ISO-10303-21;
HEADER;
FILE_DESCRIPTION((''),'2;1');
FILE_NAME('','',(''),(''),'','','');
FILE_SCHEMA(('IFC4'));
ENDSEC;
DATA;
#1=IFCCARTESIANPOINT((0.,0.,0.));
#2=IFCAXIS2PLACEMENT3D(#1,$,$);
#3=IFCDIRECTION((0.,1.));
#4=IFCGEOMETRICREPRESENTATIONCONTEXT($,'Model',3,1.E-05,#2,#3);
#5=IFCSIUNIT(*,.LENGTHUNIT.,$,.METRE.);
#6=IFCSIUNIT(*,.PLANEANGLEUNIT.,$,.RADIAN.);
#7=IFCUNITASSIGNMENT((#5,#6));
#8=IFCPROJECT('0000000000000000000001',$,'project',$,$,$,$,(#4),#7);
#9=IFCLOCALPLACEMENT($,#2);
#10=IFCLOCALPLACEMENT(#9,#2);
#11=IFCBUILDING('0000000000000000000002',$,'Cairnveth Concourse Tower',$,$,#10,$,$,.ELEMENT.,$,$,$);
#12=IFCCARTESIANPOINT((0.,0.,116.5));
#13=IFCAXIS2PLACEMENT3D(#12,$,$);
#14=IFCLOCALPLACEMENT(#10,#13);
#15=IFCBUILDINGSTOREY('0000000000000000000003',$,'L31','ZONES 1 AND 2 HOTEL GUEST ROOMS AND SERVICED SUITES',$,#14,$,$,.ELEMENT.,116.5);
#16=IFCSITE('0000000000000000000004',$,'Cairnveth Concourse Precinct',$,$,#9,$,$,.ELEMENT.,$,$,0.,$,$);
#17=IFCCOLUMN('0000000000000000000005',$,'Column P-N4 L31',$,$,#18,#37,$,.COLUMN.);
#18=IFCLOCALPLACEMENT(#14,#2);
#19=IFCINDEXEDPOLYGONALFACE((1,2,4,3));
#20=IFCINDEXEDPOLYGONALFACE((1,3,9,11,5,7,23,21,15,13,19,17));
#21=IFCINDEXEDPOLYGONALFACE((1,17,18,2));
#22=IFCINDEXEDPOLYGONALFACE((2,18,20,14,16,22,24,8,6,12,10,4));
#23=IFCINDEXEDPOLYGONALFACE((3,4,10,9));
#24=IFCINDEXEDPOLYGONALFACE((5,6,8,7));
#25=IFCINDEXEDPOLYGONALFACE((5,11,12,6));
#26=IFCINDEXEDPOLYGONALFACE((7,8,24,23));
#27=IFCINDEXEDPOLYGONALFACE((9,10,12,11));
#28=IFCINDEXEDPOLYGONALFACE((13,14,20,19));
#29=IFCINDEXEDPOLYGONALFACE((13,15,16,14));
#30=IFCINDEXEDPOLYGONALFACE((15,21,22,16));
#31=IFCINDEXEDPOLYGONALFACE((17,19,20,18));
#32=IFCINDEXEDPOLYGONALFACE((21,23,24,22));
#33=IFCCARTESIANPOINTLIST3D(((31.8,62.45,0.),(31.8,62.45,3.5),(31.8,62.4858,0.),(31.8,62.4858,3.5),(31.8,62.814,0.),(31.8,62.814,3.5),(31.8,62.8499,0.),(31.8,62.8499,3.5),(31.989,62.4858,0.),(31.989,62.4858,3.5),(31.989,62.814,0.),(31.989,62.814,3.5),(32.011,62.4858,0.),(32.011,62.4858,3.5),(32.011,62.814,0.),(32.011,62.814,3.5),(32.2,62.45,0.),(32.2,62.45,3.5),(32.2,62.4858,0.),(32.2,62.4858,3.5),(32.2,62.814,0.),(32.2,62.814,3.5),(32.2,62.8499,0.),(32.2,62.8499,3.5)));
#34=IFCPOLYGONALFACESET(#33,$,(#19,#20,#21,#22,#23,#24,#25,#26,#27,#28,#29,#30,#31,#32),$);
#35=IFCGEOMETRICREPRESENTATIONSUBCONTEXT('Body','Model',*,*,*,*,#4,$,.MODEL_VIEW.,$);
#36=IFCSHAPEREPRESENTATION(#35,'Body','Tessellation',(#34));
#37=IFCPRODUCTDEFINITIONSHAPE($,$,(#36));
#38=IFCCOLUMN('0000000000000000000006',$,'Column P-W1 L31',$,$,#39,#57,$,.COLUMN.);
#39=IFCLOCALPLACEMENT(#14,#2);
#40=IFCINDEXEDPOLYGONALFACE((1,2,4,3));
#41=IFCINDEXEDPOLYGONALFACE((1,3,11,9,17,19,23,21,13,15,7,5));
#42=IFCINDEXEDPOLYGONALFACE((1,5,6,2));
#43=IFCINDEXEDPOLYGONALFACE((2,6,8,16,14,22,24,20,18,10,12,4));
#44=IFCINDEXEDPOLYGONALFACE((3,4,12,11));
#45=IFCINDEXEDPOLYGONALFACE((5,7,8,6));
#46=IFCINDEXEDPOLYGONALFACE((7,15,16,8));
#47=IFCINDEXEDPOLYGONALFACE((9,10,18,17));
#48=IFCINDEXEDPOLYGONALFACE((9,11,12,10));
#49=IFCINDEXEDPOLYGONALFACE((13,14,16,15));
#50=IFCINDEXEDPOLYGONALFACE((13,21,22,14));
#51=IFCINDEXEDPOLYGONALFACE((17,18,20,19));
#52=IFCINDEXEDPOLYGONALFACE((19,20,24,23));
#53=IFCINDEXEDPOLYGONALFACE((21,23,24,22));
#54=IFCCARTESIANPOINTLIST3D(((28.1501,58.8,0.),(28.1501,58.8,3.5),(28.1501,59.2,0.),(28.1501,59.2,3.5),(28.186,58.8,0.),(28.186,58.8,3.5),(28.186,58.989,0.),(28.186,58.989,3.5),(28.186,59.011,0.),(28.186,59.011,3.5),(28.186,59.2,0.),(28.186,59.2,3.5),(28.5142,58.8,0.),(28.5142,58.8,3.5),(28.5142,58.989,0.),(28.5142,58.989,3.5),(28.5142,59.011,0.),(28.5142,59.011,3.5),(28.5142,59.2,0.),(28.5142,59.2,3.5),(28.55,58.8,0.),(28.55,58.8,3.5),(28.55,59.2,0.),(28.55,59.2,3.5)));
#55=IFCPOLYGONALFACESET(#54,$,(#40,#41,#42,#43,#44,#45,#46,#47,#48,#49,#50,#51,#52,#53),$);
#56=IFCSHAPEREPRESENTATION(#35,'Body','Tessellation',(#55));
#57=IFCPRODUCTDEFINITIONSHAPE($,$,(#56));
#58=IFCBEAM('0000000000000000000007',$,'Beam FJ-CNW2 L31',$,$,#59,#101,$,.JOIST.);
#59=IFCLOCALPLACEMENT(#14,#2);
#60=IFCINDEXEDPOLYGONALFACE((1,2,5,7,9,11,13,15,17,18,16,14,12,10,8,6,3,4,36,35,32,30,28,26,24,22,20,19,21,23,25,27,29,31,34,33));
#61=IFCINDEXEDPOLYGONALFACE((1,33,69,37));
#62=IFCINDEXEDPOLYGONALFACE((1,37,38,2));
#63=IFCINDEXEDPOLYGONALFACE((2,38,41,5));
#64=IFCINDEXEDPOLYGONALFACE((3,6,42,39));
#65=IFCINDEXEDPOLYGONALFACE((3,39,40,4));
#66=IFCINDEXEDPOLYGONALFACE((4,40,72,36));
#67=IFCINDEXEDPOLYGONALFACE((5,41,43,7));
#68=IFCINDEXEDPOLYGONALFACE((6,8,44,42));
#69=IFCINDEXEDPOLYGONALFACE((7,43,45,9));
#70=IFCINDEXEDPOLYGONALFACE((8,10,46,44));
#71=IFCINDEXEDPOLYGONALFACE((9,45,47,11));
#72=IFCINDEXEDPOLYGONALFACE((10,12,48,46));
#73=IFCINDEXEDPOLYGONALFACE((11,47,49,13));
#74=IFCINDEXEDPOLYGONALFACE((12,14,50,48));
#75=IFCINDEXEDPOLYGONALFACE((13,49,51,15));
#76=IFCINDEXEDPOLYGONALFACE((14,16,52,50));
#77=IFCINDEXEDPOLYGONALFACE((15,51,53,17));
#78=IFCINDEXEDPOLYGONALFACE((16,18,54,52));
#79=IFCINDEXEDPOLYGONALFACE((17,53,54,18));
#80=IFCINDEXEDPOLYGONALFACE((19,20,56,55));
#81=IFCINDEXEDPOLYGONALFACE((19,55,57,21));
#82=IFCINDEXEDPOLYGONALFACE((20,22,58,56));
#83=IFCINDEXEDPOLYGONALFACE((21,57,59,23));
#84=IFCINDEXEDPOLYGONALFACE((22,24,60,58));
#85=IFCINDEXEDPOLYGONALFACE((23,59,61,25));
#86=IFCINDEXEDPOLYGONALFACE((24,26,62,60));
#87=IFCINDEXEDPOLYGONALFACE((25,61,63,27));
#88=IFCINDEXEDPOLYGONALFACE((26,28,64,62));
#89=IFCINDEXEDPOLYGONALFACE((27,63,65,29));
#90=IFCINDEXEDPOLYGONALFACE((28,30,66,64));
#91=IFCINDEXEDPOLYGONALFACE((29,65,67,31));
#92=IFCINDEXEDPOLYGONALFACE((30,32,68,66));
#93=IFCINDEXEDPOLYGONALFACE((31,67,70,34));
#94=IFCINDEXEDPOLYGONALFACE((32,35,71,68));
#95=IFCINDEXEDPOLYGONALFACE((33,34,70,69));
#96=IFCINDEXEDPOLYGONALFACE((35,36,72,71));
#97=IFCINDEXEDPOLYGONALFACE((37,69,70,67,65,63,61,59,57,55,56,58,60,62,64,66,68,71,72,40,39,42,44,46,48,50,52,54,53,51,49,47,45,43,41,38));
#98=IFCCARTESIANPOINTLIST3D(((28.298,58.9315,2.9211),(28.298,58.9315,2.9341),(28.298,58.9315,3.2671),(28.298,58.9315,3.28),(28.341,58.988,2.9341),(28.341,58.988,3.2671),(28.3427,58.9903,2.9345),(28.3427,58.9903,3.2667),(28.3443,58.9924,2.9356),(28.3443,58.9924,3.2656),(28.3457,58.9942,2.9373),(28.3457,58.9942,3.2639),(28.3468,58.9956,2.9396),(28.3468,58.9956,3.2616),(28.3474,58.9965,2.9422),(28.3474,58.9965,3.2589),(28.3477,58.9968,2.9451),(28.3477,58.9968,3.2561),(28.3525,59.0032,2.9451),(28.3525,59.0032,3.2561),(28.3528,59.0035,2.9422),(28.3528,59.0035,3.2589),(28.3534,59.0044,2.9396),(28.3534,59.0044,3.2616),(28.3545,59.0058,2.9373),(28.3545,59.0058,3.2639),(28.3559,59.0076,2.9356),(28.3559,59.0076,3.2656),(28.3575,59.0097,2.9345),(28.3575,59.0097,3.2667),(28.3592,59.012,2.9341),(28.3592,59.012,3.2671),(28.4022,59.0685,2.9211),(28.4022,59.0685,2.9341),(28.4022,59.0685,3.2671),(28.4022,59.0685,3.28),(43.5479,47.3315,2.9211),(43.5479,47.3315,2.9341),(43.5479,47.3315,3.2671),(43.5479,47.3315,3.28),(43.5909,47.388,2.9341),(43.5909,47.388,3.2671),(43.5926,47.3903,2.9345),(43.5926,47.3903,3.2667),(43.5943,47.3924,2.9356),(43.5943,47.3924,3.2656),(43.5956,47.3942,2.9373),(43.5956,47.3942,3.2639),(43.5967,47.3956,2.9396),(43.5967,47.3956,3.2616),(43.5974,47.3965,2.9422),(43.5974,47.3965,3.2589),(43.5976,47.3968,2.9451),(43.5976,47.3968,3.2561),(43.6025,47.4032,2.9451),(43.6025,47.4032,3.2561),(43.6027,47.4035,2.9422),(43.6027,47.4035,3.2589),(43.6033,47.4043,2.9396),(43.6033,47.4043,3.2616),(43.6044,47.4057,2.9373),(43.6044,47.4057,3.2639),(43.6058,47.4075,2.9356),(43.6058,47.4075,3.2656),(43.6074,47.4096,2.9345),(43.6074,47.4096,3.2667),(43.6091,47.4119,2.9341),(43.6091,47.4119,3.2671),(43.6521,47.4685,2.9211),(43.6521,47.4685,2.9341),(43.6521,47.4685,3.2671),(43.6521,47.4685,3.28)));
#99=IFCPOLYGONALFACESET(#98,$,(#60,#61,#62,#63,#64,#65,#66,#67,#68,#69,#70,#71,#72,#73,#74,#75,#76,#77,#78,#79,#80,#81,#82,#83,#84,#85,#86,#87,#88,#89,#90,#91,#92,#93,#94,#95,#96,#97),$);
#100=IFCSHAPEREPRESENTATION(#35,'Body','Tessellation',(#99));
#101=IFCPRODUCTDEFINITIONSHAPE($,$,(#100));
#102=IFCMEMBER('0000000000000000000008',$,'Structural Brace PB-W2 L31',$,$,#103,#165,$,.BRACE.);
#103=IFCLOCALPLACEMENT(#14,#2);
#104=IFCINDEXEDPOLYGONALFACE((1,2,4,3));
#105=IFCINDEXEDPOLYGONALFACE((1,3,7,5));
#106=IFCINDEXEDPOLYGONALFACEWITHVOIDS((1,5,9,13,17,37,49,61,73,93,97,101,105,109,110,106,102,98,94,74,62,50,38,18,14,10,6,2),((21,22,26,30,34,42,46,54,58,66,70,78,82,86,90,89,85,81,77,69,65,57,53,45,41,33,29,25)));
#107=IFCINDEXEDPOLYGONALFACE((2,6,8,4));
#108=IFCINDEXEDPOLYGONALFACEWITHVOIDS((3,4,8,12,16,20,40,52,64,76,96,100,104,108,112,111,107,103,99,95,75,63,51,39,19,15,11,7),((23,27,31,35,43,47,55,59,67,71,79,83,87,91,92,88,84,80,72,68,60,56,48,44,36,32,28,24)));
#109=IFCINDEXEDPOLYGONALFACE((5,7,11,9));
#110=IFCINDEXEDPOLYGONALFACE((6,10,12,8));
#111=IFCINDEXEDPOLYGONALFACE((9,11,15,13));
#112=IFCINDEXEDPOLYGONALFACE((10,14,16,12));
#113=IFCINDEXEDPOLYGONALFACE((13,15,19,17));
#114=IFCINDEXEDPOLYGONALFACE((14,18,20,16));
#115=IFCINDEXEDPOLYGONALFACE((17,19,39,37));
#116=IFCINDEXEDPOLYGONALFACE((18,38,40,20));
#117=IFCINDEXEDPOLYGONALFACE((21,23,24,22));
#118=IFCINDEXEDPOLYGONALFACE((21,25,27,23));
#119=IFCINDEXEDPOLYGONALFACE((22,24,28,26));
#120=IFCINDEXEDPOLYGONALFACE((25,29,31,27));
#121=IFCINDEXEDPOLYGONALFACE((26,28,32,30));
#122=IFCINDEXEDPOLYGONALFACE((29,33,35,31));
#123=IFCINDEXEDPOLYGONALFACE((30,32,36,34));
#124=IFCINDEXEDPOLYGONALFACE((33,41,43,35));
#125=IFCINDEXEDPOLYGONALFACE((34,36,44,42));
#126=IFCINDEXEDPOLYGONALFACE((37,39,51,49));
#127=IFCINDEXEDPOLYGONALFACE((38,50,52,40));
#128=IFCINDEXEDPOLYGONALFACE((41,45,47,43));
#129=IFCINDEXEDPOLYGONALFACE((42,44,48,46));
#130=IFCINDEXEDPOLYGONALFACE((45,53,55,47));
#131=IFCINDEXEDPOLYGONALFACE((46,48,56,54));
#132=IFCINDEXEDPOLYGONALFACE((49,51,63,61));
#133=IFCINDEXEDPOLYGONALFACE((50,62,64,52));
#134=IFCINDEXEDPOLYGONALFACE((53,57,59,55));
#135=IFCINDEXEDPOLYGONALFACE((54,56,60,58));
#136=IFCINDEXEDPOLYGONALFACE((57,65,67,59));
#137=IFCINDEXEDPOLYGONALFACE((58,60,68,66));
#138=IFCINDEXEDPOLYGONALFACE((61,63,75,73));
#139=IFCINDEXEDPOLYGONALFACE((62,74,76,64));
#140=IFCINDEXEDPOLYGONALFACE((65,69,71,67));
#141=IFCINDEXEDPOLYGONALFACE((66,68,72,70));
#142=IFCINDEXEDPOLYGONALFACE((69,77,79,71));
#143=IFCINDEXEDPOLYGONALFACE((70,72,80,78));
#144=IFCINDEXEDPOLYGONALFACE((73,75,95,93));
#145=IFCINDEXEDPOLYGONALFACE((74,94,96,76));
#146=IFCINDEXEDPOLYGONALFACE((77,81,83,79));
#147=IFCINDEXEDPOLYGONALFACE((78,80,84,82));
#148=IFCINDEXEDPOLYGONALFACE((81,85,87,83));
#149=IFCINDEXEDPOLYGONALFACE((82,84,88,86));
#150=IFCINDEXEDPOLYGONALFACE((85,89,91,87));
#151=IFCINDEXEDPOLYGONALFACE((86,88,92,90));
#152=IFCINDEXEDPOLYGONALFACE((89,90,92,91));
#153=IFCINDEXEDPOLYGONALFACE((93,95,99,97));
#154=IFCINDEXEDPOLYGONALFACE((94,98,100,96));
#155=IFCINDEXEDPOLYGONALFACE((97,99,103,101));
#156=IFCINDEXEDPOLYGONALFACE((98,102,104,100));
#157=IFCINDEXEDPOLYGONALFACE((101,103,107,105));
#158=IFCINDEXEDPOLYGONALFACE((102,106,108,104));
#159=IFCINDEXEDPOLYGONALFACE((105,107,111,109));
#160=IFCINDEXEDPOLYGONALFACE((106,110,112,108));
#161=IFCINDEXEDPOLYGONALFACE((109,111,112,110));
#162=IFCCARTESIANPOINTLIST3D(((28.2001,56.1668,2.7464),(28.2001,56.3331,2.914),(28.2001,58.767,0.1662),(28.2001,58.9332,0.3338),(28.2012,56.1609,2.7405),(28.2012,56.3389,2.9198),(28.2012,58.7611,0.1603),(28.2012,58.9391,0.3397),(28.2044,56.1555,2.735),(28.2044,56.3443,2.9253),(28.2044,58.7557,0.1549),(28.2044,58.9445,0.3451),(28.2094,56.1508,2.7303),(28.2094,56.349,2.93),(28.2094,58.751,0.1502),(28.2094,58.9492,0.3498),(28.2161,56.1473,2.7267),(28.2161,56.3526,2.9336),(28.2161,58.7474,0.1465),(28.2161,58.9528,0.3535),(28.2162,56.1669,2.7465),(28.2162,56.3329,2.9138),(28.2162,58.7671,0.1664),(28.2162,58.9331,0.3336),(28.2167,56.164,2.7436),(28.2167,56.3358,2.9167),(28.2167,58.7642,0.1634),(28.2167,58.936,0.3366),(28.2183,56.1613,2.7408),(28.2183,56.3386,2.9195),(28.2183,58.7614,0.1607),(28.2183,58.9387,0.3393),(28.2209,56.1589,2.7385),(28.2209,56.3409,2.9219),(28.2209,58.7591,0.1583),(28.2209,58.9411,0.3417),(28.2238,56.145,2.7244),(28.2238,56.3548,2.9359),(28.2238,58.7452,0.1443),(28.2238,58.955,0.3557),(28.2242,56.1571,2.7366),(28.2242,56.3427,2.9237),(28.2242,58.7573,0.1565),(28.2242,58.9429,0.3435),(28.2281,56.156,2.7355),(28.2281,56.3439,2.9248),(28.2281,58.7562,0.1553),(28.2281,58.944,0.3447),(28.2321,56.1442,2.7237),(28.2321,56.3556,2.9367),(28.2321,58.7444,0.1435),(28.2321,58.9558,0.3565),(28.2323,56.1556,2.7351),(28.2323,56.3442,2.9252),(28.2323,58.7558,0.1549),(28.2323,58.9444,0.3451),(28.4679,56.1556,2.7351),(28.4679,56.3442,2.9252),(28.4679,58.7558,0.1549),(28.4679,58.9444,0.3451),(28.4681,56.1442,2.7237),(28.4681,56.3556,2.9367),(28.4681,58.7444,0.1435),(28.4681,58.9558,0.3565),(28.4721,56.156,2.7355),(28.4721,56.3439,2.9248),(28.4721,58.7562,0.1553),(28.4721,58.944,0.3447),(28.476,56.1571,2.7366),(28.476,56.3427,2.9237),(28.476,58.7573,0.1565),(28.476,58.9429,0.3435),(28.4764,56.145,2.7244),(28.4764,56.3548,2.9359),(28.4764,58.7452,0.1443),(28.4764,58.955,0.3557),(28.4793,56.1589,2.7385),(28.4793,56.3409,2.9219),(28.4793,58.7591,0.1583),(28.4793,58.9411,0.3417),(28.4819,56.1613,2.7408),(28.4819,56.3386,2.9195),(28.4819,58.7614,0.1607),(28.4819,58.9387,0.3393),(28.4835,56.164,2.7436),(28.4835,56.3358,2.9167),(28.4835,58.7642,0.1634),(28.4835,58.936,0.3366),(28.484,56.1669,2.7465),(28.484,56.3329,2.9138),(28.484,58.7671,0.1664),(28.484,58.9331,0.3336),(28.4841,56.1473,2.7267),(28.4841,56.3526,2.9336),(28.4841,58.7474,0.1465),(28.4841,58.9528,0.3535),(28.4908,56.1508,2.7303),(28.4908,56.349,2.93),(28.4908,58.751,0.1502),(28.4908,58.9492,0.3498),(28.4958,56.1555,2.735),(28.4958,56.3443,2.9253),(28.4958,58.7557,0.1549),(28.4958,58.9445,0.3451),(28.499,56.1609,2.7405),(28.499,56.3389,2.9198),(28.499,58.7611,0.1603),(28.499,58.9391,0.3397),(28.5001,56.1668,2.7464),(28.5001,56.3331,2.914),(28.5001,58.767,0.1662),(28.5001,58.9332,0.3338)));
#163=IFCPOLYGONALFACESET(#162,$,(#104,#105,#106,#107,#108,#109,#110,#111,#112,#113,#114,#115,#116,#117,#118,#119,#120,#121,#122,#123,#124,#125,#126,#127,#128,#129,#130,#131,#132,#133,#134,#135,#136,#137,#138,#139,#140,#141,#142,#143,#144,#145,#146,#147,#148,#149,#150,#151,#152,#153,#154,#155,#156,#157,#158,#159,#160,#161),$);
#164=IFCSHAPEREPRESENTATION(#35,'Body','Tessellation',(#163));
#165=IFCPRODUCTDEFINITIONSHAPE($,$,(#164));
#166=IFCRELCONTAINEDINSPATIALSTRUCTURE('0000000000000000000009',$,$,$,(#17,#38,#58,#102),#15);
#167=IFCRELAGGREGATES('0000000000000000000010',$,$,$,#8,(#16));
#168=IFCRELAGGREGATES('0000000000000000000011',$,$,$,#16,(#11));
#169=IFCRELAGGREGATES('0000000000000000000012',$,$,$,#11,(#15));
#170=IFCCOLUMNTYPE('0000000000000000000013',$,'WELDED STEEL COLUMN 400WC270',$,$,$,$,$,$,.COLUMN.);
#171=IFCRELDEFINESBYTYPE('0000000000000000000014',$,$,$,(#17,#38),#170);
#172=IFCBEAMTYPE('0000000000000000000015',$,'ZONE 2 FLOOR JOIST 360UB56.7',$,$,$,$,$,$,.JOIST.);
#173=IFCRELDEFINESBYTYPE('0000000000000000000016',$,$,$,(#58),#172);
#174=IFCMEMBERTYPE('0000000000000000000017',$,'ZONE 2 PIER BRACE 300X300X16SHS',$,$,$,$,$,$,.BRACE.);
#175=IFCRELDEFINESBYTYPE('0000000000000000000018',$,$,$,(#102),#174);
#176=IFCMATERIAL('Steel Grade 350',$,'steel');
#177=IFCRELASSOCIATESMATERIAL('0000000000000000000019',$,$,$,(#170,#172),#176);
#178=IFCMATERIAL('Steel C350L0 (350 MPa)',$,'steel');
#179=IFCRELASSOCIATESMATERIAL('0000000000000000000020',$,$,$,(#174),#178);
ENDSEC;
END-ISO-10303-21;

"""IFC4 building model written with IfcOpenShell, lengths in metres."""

from ifc_helpers import new_model, si_unit, direction, frame, origin, origin_2d, place, context, subcontext, project, spatial, hollow_rectangle, i_section, extrude, material, material_profile, profile_set, type_object, element, save


model = new_model("IFC4")

# Units and contexts
model_context = context("Model", 3, precision=1e-05, world=origin(), true_north=direction((0.0, 1.0)))
body_context = subcontext(model_context, "Body", "Model", "MODEL_VIEW")
ifc_project = project(units=[si_unit("LENGTHUNIT", "METRE"), si_unit("PLANEANGLEUNIT", "RADIAN")], contexts=[model_context])

# Site, building, storey
site_placement = place(None, origin())
site = spatial("IfcSite", under=ifc_project, at=site_placement, Name="Cairnveth Concourse Precinct", CompositionType="ELEMENT", RefElevation=0.0)
building_placement = place(site_placement, origin())
building = spatial("IfcBuilding", under=site, at=building_placement, Name="Cairnveth Concourse Tower", CompositionType="ELEMENT")
storey_placement = place(building_placement, frame((0.0, 0.0, 116.5)))
storey = spatial("IfcBuildingStorey", under=building, at=storey_placement, Name="L31", Description="ZONES 1 AND 2 HOTEL GUEST ROOMS AND SERVICED SUITES", CompositionType="ELEMENT", Elevation=116.5)

# Columns
ifc_material_1 = material(Name="Steel Grade 350", Category="steel")
ifc_material_profile_1 = material_profile(ifc_material_1, i_section(OverallWidth=0.3999, OverallDepth=0.3999, WebThickness=0.022, FlangeThickness=0.0359, at=origin_2d()), Name="400WC270")
ifc_profile_set_1 = profile_set([ifc_material_profile_1], Name="Steel Grade 350")
column_type = type_object("IfcColumnType", Name="WELDED STEEL COLUMN 400WC270", PredefinedType="COLUMN", material=ifc_profile_set_1)
for number, where, z_axis, x_axis, name in (
    (1, (32.0, 62.6499, 0.0), (0.0, 0.0, 1.0), (1.0, 0.0, 0.0), "Column P-N4 L31"),
    (2, (28.3501, 59.0, 0.0), (0.0, 0.0, 1.0), (0.0, 1.0, 0.0), "Column P-W1 L31"),
):
    element("IfcColumn", number, at=place(storey_placement, frame(where, z_axis=z_axis, x_axis=x_axis)), inside=storey, type_object=column_type, Name=name, PredefinedType="COLUMN", context=body_context, shape_type="SweptSolid", body=[
        extrude(i_section(OverallWidth=0.3999, OverallDepth=0.3999, WebThickness=0.022, FlangeThickness=0.0359, at=origin_2d()), origin(), (0.0, 0.0, 1.0), 3.5),
    ])

# Beam
ifc_material_profile_2 = material_profile(ifc_material_1, i_section(OverallWidth=0.1721, OverallDepth=0.3589, WebThickness=0.0081, FlangeThickness=0.0129, FilletRadius=0.011, at=origin_2d()), Name="360UB56.7")
ifc_profile_set_2 = profile_set([ifc_material_profile_2], Name="Steel Grade 350")
beam_type_1 = type_object("IfcBeamType", Name="ZONE 2 FLOOR JOIST 360UB56.7", PredefinedType="JOIST", material=ifc_profile_set_2)
beam_1_placement = place(storey_placement, frame((28.3501, 59.0, 3.1006), z_axis=(0.795908, -0.605417, 0.0), x_axis=(0.605417, 0.795908, 0.0)))
element("IfcBeam", 3, at=beam_1_placement, inside=storey, type_object=beam_type_1, Name="Beam FJ-CNW2 L31", PredefinedType="JOIST", context=body_context, shape_type="SweptSolid", body=[
    extrude(i_section(OverallWidth=0.1721, OverallDepth=0.3589, WebThickness=0.0081, FlangeThickness=0.0129, FilletRadius=0.011, at=origin_2d()), origin(), (0.0, 0.0, 1.0), 19.1604),
])

# Member
ifc_material_2 = material(Name="Steel C350L0 (350 MPa)", Category="steel")
ifc_material_profile_3 = material_profile(ifc_material_2, hollow_rectangle(XDim=0.3, YDim=0.3, WallThickness=0.0161, InnerFilletRadius=0.0161, OuterFilletRadius=0.032, at=origin_2d()), Name="300x300x16.0SHS")
ifc_profile_set_3 = profile_set([ifc_material_profile_3], Name="Steel C350L0 (350 MPa)")
member_type = type_object("IfcMemberType", Name="ZONE 2 PIER BRACE 300X300X16SHS", PredefinedType="BRACE", material=ifc_profile_set_3)
member_placement = place(storey_placement, frame((28.3501, 58.8501, 0.25), z_axis=(0.0, -0.709834, 0.704369), x_axis=(1.0, 0.0, 0.0)))
element("IfcMember", 4, at=member_placement, inside=storey, type_object=member_type, Name="Structural Brace PB-W2 L31", PredefinedType="BRACE", context=body_context, shape_type="SweptSolid", body=[
    extrude(hollow_rectangle(XDim=0.3, YDim=0.3, WallThickness=0.0161, InnerFilletRadius=0.0161, OuterFilletRadius=0.032, at=origin_2d()), origin(), (0.0, 0.0, 1.0), 3.6631),
])

save(model, "model.ifc")
